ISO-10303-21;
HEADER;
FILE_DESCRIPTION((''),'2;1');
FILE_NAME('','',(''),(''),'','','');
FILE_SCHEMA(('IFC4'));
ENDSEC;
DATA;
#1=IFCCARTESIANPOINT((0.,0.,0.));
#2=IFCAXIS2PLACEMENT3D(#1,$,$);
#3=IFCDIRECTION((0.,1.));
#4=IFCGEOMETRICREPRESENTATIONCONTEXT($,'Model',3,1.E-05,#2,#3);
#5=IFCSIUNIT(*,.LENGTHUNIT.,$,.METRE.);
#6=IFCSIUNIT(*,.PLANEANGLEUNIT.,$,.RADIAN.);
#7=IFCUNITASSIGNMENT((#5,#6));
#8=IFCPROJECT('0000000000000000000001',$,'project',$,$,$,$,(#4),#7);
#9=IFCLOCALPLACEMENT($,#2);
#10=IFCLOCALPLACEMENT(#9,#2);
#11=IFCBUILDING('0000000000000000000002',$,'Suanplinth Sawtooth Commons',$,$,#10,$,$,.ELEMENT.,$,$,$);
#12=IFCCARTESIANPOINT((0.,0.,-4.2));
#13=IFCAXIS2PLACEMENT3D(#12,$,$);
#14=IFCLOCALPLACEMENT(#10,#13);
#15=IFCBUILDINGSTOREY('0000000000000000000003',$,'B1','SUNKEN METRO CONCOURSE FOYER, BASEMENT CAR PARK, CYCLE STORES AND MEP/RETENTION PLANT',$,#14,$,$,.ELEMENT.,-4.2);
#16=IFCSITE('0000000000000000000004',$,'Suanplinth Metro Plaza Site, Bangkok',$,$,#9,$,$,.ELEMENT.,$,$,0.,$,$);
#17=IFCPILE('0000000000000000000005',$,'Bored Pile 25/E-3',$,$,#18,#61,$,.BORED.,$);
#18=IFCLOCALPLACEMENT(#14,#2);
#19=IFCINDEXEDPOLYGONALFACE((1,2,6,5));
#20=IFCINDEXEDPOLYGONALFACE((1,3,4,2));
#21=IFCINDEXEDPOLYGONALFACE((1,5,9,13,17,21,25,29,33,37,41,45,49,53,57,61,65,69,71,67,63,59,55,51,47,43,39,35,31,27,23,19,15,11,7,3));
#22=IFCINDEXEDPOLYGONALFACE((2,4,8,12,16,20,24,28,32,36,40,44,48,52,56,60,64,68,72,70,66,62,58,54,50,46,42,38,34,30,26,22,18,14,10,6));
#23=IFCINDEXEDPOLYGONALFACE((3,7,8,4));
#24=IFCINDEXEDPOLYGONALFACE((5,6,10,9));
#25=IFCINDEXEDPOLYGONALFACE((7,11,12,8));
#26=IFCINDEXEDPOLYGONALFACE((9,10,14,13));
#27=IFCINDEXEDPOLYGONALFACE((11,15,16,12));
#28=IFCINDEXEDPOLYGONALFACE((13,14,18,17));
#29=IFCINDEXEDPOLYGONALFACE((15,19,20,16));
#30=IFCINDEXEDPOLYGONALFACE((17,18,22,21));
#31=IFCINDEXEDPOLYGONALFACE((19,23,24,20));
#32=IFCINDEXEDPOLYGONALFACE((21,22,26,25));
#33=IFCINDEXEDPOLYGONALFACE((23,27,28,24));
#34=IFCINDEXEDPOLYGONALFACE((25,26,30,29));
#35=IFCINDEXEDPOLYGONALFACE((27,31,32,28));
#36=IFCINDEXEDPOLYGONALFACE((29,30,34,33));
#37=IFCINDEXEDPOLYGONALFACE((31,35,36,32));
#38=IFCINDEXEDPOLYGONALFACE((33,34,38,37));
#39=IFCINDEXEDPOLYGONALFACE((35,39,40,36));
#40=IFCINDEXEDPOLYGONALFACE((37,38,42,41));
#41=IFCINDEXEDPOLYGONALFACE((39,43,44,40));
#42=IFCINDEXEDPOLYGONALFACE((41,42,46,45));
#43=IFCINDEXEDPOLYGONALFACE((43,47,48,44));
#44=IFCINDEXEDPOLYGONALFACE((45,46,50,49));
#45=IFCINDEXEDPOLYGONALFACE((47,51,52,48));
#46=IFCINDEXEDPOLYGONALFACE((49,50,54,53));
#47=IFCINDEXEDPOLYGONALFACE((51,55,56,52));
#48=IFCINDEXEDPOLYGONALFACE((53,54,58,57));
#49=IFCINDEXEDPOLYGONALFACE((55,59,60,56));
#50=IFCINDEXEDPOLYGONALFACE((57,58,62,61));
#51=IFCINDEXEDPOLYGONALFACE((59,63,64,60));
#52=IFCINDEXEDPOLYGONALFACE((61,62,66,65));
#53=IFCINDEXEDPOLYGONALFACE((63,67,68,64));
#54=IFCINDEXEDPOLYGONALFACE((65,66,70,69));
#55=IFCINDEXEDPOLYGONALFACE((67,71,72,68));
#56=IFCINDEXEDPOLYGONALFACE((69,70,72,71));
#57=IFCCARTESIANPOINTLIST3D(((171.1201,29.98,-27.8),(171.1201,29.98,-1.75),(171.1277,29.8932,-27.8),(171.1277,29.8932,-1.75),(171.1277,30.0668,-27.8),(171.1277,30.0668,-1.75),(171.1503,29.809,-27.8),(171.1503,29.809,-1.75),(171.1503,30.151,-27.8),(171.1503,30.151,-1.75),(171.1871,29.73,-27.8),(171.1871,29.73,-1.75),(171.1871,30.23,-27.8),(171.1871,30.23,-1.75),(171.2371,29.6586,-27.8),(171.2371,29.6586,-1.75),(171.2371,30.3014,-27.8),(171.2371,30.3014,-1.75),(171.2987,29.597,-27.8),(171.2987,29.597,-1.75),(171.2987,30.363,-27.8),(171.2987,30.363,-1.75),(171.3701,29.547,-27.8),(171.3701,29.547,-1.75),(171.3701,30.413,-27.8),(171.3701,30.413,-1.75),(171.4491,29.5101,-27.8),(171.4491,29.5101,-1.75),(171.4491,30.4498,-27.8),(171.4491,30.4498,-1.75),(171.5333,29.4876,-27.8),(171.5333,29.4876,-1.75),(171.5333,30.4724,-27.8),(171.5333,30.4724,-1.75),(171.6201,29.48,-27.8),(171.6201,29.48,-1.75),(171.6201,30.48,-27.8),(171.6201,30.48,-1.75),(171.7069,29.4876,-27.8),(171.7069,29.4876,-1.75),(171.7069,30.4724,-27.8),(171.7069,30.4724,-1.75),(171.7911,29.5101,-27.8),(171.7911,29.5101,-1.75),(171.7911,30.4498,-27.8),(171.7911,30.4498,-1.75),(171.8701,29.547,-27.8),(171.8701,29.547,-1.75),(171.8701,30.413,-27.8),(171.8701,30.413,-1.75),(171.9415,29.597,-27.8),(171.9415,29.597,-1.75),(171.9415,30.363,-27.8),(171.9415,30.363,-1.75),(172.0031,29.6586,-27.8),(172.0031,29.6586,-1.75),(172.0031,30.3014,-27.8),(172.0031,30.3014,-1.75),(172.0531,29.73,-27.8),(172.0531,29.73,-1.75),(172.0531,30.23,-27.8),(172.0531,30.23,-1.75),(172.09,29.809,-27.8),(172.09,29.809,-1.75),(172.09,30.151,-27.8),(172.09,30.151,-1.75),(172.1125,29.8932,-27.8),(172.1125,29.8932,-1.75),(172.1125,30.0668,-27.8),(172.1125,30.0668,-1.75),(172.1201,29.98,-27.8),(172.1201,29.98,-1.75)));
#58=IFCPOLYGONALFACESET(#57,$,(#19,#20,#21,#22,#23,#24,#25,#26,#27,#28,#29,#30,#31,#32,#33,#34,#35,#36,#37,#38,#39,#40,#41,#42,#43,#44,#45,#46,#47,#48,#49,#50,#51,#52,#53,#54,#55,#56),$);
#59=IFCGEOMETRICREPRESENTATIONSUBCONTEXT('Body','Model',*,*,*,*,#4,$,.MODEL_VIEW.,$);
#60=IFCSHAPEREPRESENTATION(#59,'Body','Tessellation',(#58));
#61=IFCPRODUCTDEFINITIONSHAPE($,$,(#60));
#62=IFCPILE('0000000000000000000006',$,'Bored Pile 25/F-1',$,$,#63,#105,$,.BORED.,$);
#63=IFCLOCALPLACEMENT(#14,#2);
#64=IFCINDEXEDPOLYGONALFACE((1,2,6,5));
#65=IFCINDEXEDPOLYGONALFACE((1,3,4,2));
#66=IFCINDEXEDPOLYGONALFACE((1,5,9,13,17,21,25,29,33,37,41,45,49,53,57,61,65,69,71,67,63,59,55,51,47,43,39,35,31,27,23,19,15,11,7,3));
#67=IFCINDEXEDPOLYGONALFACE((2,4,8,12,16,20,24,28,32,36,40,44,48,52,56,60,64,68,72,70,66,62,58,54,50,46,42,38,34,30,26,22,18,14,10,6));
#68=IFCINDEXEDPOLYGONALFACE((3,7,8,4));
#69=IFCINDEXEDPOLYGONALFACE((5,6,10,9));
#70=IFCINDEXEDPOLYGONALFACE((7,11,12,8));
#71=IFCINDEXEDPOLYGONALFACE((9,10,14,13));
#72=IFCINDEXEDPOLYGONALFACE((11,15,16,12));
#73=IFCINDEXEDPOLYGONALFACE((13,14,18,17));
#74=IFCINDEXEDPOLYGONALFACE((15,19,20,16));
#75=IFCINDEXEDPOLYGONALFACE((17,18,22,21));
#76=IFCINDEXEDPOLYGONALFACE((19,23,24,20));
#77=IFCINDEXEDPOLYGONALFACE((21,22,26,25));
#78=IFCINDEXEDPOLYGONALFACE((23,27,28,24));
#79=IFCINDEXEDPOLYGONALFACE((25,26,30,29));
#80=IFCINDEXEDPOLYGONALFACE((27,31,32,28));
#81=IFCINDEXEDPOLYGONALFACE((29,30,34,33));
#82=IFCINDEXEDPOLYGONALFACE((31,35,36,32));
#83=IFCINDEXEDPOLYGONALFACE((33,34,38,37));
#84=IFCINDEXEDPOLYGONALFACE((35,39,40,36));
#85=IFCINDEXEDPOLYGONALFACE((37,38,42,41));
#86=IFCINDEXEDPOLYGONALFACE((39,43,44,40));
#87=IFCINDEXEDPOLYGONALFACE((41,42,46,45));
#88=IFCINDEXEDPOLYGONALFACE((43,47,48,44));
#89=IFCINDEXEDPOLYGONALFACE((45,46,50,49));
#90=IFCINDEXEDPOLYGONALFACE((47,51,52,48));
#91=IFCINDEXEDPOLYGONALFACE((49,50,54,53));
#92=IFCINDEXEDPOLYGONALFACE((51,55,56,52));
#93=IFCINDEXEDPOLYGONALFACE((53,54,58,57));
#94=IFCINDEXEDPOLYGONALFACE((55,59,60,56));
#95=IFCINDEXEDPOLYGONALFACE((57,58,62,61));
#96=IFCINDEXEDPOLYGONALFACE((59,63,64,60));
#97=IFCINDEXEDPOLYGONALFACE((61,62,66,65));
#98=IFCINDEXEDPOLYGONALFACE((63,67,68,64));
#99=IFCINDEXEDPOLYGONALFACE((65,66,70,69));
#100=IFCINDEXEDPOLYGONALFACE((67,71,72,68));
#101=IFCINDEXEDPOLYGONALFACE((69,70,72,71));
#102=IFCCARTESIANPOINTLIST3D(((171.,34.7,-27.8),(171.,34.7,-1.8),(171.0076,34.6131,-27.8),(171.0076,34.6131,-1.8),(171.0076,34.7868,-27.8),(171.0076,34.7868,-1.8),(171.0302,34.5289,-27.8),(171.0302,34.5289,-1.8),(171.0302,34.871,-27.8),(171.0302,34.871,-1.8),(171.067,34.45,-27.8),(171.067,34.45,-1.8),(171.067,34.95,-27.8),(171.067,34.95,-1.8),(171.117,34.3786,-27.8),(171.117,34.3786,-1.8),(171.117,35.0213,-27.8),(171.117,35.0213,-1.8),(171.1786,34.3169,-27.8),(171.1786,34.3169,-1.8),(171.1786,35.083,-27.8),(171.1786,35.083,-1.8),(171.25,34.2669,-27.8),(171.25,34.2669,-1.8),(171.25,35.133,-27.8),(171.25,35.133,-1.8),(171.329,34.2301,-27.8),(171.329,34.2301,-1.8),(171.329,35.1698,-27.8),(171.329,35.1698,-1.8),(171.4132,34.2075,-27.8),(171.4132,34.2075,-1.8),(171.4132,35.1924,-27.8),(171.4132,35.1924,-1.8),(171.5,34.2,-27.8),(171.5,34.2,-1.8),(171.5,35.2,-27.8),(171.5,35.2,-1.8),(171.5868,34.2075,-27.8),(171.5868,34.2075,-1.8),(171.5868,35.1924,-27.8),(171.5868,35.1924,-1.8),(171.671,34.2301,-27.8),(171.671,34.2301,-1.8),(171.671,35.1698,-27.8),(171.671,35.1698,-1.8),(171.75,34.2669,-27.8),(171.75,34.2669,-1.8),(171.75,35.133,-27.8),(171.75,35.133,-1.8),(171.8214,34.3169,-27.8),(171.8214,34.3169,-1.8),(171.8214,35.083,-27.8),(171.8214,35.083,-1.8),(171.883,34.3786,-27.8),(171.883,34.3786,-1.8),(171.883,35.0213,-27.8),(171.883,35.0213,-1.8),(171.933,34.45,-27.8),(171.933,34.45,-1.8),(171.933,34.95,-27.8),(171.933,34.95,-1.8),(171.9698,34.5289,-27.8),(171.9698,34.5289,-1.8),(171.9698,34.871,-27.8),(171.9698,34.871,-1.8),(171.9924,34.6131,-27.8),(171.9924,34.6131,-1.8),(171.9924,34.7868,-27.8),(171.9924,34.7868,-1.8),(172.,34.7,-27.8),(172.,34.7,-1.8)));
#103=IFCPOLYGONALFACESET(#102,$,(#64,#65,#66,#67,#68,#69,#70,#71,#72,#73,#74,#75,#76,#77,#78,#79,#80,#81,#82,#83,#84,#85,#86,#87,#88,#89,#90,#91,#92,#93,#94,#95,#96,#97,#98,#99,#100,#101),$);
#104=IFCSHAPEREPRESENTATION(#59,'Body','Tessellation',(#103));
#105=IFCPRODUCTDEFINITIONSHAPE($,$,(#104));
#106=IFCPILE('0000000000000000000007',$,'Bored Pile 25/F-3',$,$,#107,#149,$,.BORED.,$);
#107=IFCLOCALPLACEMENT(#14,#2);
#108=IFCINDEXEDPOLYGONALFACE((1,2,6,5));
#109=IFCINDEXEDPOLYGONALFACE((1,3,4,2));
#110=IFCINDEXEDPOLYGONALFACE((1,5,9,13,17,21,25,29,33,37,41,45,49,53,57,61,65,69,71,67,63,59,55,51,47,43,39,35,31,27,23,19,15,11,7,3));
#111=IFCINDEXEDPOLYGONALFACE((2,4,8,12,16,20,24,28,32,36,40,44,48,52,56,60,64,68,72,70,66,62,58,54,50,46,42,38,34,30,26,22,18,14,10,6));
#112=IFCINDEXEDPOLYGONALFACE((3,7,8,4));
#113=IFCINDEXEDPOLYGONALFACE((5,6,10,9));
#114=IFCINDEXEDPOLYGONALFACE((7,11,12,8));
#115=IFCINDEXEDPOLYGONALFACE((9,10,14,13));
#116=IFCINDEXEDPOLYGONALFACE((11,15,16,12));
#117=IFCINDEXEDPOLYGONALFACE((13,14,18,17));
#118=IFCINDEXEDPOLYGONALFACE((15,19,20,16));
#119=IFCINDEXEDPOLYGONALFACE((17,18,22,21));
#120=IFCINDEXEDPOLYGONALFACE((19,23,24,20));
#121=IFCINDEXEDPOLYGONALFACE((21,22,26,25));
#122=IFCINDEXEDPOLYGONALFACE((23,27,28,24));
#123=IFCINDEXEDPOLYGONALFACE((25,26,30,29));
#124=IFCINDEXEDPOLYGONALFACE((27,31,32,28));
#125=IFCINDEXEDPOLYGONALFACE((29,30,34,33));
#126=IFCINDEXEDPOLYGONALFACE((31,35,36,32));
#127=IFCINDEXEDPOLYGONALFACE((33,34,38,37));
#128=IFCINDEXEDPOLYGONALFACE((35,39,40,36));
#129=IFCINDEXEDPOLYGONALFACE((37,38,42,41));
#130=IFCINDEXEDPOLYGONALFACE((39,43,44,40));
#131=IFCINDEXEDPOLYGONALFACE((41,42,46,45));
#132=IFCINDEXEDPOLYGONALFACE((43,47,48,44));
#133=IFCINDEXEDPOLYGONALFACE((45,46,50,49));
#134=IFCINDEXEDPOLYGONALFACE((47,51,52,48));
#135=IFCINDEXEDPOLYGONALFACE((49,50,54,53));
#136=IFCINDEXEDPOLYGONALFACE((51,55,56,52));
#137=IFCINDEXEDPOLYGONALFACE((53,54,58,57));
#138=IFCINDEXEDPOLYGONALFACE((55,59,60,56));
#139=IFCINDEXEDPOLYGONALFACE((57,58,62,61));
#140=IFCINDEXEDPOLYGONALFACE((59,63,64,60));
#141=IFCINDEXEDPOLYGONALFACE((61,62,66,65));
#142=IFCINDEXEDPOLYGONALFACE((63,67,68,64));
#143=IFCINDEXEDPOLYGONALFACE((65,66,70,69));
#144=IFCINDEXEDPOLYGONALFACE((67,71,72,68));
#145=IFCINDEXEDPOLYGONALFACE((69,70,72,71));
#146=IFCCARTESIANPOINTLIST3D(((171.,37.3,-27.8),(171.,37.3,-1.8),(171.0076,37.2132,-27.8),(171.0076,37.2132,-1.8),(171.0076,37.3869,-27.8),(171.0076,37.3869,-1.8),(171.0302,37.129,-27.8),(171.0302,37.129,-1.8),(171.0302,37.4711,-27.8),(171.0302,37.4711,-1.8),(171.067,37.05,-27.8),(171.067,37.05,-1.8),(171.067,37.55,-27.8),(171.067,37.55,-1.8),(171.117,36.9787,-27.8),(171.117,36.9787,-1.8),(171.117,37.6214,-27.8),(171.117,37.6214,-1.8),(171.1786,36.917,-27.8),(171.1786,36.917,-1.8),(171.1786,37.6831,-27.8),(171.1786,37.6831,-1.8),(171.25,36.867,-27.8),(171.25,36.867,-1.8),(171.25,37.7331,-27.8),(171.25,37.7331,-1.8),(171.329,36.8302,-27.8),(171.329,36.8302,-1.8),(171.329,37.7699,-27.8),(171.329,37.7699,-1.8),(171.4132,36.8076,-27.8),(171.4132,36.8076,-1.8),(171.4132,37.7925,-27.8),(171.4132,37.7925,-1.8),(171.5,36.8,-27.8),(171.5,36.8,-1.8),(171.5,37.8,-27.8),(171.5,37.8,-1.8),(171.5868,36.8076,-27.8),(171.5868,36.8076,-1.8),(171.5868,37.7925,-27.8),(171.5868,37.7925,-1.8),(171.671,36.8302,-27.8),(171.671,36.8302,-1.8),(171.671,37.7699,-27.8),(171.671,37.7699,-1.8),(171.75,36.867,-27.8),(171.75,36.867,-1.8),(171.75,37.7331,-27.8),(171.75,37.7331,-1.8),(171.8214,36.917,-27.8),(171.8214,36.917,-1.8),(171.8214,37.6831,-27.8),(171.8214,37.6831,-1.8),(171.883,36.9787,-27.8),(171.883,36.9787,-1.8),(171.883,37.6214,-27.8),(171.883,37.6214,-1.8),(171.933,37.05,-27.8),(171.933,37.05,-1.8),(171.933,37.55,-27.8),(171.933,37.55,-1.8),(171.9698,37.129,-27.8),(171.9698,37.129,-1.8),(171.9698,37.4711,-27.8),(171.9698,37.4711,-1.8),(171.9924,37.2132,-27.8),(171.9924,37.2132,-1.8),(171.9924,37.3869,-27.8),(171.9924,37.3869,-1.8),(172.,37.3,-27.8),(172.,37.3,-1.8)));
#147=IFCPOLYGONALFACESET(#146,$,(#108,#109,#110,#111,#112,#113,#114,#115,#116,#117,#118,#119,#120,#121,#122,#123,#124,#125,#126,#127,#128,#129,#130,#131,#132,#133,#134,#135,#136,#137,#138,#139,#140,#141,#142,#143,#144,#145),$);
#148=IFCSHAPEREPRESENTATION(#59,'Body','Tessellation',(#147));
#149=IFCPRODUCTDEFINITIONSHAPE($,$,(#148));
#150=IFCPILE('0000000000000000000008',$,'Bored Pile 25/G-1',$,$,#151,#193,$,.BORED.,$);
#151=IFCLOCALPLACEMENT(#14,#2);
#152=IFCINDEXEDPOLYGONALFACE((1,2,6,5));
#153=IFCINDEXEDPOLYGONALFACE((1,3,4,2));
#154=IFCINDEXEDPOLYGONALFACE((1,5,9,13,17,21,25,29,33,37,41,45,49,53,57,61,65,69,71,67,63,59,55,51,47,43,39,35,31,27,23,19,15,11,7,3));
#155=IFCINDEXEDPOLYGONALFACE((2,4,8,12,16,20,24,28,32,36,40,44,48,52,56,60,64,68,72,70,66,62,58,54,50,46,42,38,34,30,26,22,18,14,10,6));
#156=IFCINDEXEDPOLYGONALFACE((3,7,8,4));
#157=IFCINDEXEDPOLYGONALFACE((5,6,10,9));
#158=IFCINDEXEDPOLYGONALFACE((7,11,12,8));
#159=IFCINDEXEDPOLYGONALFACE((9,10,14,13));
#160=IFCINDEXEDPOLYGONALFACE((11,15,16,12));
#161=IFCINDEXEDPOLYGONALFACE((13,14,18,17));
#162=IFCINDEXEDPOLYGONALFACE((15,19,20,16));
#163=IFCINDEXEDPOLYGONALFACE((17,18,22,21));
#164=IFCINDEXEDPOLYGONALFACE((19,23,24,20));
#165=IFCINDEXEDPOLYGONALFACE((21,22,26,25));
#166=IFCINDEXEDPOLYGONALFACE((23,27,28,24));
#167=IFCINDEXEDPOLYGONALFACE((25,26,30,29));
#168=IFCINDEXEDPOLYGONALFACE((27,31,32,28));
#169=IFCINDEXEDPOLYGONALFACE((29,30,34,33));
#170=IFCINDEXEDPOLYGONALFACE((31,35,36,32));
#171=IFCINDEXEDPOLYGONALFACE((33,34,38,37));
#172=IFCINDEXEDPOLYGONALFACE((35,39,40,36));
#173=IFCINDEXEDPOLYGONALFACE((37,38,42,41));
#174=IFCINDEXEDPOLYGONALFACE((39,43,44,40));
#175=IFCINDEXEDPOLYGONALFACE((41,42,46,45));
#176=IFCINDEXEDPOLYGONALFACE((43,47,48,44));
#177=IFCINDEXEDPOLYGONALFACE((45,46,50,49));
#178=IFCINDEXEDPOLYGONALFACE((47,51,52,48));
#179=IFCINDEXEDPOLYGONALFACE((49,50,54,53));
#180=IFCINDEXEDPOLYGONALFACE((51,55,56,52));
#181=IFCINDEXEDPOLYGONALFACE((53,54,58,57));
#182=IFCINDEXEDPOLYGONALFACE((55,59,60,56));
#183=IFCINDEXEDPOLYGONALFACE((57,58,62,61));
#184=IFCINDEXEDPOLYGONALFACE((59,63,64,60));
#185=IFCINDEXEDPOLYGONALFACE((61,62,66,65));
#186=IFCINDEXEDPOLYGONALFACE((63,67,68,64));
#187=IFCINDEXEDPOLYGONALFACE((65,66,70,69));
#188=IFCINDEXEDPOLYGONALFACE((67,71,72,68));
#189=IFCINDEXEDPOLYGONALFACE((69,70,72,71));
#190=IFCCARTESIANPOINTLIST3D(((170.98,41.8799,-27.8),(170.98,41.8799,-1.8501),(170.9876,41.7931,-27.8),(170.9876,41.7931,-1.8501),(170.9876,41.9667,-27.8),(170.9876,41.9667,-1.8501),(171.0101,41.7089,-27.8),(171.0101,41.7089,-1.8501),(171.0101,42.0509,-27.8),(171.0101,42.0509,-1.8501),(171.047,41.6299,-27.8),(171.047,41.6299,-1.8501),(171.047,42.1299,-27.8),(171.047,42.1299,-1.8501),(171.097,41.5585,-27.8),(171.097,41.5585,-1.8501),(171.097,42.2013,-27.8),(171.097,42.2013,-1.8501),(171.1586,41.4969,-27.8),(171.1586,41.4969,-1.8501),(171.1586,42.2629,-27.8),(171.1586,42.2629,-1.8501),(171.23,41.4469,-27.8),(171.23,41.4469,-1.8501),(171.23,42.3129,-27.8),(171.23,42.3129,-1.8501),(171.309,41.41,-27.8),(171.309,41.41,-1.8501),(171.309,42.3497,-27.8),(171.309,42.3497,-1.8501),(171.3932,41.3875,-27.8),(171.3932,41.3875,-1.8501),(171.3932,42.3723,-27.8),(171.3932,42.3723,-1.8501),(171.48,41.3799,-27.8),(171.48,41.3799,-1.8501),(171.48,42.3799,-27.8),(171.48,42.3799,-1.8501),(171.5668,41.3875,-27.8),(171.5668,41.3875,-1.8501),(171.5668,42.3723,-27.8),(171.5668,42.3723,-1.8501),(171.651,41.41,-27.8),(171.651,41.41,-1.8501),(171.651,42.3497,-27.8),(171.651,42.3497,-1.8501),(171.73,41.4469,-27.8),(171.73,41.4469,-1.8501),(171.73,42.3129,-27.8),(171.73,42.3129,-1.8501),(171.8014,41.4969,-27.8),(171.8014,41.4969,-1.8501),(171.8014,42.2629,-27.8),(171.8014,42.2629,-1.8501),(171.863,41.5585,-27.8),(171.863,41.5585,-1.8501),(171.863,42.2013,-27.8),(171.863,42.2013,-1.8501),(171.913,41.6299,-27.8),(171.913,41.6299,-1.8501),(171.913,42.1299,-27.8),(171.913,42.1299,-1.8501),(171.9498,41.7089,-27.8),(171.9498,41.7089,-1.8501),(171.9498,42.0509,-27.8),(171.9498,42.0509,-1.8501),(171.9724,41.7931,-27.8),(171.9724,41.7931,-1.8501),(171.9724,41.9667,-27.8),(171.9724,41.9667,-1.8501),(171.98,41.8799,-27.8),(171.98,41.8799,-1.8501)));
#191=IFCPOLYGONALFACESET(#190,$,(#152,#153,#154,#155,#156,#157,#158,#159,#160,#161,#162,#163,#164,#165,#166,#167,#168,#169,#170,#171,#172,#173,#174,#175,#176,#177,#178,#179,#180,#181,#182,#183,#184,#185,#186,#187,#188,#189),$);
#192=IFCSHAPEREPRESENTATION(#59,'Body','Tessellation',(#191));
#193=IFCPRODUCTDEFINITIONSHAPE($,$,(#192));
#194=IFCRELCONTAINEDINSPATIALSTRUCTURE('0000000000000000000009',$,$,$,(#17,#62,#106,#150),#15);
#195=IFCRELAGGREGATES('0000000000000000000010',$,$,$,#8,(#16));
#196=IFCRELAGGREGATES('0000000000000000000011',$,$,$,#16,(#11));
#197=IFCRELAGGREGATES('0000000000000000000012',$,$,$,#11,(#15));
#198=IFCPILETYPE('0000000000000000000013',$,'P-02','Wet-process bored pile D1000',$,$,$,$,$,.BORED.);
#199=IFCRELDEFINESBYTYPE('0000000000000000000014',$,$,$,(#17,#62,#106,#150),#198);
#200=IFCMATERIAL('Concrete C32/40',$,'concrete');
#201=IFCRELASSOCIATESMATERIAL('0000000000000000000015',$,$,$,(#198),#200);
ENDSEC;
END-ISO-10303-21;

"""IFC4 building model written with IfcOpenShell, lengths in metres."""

from ifc_helpers import new_model, si_unit, direction, frame, origin, origin_2d, place, context, subcontext, project, spatial, circle, extrude, material, material_profile, profile_set, type_object, element, save


model = new_model("IFC4")

# Units and contexts
model_context = context("Model", 3, precision=1e-05, world=origin(), true_north=direction((0.0, 1.0)))
body_context = subcontext(model_context, "Body", "Model", "MODEL_VIEW")
ifc_project = project(units=[si_unit("LENGTHUNIT", "METRE"), si_unit("PLANEANGLEUNIT", "RADIAN")], contexts=[model_context])

# Site, building, storey
site_placement = place(None, origin())
site = spatial("IfcSite", under=ifc_project, at=site_placement, Name="Suanplinth Metro Plaza Site, Bangkok", CompositionType="ELEMENT", RefElevation=0.0)
building_placement = place(site_placement, origin())
building = spatial("IfcBuilding", under=site, at=building_placement, Name="Suanplinth Sawtooth Commons", CompositionType="ELEMENT")
storey_placement = place(building_placement, frame((0.0, 0.0, -4.2)))
storey = spatial("IfcBuildingStorey", under=building, at=storey_placement, Name="B1", Description="SUNKEN METRO CONCOURSE FOYER, BASEMENT CAR PARK, CYCLE STORES AND MEP/RETENTION PLANT", CompositionType="ELEMENT", Elevation=-4.2)

# Piles
ifc_material_1 = material(Name="Concrete C32/40", Category="concrete")
ifc_material_profile_1 = material_profile(ifc_material_1, circle(Radius=0.5, at=origin_2d()), Name="PILE D1000")
ifc_profile_set_1 = profile_set([ifc_material_profile_1], Name="Concrete C32/40")
pile_type_1 = type_object("IfcPileType", Name="P-02", Description="Wet-process bored pile D1000", PredefinedType="BORED", material=ifc_profile_set_1)
for number, where, z_axis, x_axis, name in (
    (1, (171.6201, 29.98, -1.75), (0.0, 0.0, -1.0), (1.0, 0.0, 0.0), "Bored Pile 25/E-3"),
):
    element("IfcPile", number, at=place(storey_placement, frame(where, z_axis=z_axis, x_axis=x_axis)), inside=storey, type_object=pile_type_1, Name=name, PredefinedType="BORED", context=body_context, shape_type="SweptSolid", body=[
        extrude(circle(Radius=0.5, at=origin_2d()), origin(), (0.0, 0.0, 1.0), 26.05),
    ])
for number, where, z_axis, x_axis, name in (
    (2, (171.5, 34.7, -1.8), (0.0, 0.0, -1.0), (1.0, 0.0, 0.0), "Bored Pile 25/F-1"),
    (3, (171.5, 37.3, -1.8), (0.0, 0.0, -1.0), (1.0, 0.0, 0.0), "Bored Pile 25/F-3"),
):
    element("IfcPile", number, at=place(storey_placement, frame(where, z_axis=z_axis, x_axis=x_axis)), inside=storey, type_object=pile_type_1, Name=name, PredefinedType="BORED", context=body_context, shape_type="SweptSolid", body=[
        extrude(circle(Radius=0.5, at=origin_2d()), origin(), (0.0, 0.0, 1.0), 26.0),
    ])
for number, where, z_axis, x_axis, name in (
    (4, (171.48, 41.8799, -1.8501), (0.0, 0.0, -1.0), (1.0, 0.0, 0.0), "Bored Pile 25/G-1"),
):
    element("IfcPile", number, at=place(storey_placement, frame(where, z_axis=z_axis, x_axis=x_axis)), inside=storey, type_object=pile_type_1, Name=name, PredefinedType="BORED", context=body_context, shape_type="SweptSolid", body=[
        extrude(circle(Radius=0.5, at=origin_2d()), origin(), (0.0, 0.0, 1.0), 25.95),
    ])

save(model, "model.ifc")
